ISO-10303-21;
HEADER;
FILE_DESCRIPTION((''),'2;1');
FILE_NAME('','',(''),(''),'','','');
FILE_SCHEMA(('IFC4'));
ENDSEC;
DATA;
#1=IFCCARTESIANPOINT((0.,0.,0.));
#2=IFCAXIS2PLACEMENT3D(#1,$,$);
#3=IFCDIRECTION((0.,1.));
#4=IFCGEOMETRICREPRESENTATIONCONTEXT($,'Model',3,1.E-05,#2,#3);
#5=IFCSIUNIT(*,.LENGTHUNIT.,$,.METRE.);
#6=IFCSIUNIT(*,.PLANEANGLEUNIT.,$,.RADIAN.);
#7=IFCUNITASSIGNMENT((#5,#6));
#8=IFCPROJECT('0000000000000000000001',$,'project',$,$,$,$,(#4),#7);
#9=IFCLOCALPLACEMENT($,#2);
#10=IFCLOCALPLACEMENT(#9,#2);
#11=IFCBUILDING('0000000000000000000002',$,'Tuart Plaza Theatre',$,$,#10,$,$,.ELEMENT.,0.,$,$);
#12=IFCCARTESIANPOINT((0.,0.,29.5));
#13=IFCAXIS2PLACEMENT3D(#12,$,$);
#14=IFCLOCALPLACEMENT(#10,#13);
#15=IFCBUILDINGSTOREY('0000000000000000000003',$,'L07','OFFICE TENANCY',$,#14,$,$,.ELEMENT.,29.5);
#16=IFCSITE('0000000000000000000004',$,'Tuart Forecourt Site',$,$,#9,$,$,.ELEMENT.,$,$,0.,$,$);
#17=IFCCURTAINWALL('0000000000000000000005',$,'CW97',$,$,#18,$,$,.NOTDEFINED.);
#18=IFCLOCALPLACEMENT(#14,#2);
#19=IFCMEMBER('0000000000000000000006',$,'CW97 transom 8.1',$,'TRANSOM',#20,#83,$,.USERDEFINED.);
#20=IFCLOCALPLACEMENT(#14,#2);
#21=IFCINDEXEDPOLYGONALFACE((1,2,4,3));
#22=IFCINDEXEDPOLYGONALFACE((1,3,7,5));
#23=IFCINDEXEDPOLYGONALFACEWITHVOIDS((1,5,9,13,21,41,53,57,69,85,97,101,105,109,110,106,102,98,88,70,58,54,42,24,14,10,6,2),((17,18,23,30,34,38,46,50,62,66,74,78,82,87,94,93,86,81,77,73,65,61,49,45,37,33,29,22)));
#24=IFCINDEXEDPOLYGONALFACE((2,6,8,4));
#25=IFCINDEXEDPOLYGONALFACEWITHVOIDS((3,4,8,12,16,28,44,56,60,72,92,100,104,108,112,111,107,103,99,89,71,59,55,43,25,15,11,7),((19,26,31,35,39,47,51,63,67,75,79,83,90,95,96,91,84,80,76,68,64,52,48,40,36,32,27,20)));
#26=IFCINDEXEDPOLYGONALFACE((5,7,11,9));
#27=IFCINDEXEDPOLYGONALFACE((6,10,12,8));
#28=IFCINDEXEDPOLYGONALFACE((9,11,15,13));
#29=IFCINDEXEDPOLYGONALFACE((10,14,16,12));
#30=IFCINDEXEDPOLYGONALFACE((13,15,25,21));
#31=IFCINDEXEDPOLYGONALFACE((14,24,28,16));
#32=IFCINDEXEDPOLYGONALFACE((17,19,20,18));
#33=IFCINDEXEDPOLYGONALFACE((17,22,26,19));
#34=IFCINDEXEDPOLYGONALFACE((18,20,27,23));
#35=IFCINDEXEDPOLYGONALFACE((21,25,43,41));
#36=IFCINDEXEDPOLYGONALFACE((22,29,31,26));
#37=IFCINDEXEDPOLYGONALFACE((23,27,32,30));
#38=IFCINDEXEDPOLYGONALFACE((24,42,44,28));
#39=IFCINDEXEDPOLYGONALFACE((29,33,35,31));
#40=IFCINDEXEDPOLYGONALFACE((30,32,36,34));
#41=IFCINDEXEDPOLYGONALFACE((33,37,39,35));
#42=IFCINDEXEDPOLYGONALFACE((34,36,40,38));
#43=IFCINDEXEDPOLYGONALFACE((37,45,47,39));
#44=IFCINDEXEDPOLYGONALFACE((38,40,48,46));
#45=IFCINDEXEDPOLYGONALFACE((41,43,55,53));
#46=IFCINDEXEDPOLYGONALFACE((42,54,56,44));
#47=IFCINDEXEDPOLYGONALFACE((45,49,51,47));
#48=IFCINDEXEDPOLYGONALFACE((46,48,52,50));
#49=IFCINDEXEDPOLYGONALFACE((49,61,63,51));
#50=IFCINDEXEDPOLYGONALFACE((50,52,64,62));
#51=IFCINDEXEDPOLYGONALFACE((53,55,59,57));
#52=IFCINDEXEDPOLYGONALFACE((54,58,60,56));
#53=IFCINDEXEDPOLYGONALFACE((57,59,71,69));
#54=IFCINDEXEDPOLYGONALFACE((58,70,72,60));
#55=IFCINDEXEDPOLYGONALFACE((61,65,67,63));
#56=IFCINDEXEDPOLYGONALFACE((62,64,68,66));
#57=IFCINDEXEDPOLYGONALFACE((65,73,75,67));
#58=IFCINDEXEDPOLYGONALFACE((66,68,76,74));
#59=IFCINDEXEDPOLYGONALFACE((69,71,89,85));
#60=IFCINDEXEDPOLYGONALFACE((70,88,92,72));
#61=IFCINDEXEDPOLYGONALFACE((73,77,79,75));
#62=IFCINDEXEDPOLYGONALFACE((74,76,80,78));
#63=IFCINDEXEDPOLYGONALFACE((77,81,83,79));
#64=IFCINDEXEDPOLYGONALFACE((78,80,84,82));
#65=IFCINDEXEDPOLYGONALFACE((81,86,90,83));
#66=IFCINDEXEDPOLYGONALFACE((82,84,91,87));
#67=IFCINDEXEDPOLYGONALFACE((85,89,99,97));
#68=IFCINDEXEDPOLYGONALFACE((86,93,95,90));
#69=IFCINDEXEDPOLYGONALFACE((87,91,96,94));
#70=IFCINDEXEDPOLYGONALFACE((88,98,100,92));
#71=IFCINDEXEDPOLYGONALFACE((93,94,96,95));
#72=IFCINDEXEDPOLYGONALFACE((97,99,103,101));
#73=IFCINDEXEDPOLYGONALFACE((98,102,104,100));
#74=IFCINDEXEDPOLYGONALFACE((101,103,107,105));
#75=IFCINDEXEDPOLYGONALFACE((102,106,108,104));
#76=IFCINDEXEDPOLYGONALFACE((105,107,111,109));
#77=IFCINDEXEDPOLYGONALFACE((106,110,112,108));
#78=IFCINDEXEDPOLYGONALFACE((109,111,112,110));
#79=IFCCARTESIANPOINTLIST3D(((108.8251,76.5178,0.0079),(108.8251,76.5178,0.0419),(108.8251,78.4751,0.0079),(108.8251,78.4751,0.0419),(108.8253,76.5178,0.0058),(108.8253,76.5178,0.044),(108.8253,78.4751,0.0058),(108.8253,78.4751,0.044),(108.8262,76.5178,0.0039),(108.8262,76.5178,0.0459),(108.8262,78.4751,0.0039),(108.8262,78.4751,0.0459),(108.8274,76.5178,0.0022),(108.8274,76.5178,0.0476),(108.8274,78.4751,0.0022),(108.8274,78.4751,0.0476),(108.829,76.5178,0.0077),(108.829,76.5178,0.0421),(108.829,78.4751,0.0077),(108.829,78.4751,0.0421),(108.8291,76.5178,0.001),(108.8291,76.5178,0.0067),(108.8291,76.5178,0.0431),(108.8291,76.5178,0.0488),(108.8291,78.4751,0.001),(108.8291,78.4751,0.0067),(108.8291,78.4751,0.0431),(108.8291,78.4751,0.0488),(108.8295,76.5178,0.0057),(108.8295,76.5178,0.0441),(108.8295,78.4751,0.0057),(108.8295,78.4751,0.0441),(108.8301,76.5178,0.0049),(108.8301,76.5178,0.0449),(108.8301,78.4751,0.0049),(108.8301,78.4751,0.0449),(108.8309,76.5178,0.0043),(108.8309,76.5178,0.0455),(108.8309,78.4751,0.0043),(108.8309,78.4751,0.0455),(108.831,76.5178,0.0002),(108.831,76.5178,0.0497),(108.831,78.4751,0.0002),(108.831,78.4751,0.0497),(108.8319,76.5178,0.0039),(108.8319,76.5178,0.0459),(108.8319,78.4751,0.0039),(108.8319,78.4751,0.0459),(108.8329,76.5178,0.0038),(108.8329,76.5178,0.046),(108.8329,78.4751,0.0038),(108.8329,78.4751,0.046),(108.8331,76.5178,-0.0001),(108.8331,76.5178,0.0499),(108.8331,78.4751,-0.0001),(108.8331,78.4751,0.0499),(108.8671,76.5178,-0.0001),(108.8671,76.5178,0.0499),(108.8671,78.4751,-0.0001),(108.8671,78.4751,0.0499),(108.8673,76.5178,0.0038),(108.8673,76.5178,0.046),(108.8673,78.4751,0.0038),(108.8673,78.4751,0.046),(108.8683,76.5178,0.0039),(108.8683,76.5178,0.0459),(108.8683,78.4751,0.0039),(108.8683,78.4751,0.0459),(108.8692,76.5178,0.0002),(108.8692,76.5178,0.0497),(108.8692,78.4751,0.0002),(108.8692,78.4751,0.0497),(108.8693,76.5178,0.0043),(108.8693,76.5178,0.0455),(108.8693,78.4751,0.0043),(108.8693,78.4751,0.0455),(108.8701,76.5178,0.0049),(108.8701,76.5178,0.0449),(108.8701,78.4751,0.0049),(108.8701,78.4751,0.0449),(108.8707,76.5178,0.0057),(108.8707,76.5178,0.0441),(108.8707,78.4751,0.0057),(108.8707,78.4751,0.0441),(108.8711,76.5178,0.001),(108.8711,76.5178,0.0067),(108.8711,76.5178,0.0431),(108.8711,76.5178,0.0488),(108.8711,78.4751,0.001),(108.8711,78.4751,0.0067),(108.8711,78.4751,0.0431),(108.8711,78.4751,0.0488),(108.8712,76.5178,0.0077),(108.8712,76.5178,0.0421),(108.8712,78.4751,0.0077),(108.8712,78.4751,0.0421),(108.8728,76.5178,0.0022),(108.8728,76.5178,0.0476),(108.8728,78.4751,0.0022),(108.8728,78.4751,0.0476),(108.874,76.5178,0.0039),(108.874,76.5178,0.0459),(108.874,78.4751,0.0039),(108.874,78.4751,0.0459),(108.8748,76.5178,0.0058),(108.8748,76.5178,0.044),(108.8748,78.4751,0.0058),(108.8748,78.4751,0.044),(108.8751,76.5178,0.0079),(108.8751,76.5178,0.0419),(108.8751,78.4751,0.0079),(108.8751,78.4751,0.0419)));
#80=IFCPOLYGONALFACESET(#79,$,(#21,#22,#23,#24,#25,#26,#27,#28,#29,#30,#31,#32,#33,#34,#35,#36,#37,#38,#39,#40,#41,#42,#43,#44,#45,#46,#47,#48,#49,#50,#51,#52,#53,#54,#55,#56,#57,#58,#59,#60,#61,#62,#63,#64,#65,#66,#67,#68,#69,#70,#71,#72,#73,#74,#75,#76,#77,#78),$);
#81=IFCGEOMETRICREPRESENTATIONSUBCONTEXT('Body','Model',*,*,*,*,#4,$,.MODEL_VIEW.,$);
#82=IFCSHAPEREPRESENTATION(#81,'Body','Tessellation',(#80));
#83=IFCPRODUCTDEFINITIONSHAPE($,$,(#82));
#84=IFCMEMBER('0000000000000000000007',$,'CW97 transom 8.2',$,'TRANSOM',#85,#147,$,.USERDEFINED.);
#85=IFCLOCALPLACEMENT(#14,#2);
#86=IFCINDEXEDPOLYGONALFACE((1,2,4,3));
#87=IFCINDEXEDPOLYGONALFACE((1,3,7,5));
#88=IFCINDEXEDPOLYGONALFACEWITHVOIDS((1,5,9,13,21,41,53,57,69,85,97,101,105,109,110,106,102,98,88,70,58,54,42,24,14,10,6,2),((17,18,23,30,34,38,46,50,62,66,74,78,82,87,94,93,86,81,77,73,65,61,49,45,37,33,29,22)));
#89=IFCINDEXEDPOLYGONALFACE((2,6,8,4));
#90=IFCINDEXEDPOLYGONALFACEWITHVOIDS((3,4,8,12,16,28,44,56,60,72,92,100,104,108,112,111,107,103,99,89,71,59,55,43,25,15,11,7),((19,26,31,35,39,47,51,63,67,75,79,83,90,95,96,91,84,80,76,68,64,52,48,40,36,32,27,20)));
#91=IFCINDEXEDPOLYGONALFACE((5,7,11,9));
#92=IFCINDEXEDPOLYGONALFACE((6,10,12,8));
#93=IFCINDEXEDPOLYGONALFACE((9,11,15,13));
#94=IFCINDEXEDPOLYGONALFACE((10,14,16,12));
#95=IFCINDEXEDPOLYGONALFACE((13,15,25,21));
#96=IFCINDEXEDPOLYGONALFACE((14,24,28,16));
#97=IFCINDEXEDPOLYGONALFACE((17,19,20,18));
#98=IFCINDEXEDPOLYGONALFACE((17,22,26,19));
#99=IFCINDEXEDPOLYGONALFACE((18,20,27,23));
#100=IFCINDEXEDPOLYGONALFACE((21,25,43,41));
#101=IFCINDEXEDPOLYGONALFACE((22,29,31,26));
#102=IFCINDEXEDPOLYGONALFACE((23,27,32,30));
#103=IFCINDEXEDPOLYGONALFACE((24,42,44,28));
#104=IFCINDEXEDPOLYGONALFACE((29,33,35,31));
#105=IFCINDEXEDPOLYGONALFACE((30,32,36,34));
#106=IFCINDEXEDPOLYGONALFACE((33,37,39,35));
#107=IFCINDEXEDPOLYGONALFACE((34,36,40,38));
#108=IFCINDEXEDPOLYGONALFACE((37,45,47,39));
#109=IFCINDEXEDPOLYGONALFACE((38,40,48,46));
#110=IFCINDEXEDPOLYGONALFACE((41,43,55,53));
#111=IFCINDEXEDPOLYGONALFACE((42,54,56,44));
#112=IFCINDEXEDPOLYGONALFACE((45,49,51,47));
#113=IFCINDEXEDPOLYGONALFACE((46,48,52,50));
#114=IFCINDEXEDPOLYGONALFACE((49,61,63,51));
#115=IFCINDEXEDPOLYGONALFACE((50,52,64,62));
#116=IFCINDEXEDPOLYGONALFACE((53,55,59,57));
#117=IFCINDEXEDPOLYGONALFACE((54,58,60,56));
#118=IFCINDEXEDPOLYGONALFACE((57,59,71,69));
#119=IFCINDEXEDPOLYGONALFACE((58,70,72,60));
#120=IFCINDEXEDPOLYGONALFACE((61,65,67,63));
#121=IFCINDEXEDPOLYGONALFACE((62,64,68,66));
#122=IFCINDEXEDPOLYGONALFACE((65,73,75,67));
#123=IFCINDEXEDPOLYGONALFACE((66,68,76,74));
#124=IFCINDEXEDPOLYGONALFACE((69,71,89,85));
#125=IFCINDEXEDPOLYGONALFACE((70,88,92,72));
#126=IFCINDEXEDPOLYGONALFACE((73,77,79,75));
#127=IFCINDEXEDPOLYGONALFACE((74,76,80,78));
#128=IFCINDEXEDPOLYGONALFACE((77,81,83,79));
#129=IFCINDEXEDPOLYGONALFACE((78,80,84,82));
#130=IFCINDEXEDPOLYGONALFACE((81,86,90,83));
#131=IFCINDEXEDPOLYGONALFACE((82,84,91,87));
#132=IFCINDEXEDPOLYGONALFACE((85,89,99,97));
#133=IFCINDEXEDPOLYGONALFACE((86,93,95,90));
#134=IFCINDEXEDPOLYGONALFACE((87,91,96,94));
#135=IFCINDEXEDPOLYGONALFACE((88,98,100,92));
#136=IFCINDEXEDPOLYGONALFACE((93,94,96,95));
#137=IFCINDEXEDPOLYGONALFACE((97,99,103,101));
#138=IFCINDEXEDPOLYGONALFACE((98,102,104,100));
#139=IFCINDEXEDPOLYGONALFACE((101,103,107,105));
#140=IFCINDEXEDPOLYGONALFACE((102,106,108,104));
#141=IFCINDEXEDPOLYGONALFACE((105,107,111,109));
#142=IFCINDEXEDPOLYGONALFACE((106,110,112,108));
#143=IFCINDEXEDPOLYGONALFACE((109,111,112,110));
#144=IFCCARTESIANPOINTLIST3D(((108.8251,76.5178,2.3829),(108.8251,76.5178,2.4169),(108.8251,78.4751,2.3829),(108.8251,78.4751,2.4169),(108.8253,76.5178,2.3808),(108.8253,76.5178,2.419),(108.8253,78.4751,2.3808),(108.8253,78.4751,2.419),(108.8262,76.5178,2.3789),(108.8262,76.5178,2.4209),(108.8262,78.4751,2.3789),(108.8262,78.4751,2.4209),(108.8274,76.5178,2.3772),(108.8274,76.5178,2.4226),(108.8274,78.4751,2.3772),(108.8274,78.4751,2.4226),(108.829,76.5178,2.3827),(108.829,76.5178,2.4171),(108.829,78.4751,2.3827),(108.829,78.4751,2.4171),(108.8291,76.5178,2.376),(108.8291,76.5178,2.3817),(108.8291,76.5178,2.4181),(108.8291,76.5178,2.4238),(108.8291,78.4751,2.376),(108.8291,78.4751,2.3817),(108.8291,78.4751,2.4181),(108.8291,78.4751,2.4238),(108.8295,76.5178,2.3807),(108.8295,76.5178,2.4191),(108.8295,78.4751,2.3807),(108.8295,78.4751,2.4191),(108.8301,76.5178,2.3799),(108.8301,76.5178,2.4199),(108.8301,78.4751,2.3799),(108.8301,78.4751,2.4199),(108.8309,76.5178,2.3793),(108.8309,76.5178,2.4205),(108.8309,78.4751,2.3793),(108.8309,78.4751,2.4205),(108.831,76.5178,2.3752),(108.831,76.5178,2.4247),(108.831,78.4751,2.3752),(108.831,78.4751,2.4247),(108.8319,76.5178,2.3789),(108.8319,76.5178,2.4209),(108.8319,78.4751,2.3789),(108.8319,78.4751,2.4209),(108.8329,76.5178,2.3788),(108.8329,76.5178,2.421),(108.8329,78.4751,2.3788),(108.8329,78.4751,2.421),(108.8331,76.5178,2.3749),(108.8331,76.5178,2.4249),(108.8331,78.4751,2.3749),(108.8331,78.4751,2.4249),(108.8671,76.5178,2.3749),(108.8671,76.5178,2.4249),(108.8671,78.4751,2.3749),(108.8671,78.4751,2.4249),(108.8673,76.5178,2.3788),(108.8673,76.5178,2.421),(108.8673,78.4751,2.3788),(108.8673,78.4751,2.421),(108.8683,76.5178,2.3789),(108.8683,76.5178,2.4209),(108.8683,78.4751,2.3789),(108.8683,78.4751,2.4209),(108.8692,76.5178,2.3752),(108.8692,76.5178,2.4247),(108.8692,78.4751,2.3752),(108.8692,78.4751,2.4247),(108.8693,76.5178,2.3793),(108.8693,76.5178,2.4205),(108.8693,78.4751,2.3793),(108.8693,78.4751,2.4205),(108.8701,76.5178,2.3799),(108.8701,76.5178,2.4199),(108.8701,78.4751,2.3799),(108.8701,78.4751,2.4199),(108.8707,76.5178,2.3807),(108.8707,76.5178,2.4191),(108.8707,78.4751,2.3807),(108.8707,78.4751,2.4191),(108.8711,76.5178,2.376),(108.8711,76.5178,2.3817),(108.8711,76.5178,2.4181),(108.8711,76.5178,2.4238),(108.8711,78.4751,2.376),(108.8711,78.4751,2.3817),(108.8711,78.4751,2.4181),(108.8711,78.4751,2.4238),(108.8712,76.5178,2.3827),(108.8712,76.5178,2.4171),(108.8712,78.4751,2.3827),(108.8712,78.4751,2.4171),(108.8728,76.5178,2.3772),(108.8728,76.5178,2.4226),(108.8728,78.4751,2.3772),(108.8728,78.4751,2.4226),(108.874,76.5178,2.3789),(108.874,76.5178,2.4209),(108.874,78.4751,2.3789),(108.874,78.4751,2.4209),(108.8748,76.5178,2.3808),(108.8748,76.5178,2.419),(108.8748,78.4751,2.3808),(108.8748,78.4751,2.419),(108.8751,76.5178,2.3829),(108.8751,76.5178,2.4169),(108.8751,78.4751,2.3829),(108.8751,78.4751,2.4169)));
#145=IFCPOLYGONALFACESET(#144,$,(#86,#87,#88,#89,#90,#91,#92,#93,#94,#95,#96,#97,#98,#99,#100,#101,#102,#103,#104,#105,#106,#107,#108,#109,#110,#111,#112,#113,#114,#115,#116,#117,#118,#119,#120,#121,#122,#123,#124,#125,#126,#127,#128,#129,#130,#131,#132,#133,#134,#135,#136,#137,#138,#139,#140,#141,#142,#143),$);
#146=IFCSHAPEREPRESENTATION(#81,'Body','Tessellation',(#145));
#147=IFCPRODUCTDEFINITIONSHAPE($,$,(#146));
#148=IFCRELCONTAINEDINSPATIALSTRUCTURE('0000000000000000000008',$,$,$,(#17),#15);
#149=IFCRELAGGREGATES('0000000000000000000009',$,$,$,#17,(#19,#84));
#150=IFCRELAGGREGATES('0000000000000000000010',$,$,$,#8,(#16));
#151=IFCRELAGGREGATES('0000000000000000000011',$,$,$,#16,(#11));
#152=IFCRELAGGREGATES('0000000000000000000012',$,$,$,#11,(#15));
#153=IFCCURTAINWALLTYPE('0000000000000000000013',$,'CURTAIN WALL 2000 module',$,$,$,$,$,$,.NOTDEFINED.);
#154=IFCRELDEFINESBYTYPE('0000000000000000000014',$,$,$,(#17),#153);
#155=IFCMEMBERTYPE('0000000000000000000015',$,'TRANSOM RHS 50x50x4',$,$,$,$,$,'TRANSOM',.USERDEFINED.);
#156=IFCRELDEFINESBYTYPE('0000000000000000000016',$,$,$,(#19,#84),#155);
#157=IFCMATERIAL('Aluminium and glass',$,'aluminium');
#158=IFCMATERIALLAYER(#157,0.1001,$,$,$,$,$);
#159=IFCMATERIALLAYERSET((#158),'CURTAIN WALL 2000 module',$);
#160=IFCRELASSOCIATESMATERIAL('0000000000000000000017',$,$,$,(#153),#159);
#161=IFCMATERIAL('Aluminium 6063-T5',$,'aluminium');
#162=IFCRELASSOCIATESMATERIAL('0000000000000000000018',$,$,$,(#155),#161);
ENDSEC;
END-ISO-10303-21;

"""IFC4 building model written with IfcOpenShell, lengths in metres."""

from ifc_helpers import new_model, si_unit, direction, frame, origin, origin_2d, place, context, subcontext, project, spatial, hollow_rectangle, extrude, material, layer, layer_set, material_profile, profile_set, type_object, element, aggregate, save


model = new_model("IFC4")

# Units and contexts
model_context = context("Model", 3, precision=1e-05, world=origin(), true_north=direction((0.0, 1.0)))
body_context = subcontext(model_context, "Body", "Model", "MODEL_VIEW")
ifc_project = project(units=[si_unit("LENGTHUNIT", "METRE"), si_unit("PLANEANGLEUNIT", "RADIAN")], contexts=[model_context])

# Site, building, storey
site_placement = place(None, origin())
site = spatial("IfcSite", under=ifc_project, at=site_placement, Name="Tuart Forecourt Site", CompositionType="ELEMENT", RefElevation=0.0)
building_placement = place(site_placement, origin())
building = spatial("IfcBuilding", under=site, at=building_placement, Name="Tuart Plaza Theatre", CompositionType="ELEMENT", ElevationOfRefHeight=0.0)
storey_placement = place(building_placement, frame((0.0, 0.0, 29.5)))
storey = spatial("IfcBuildingStorey", under=building, at=storey_placement, Name="L07", Description="OFFICE TENANCY", CompositionType="ELEMENT", Elevation=29.5)

# Curtain wall, members
ifc_material_1 = material(Name="Aluminium and glass", Category="aluminium")
ifc_layer_1 = layer(ifc_material_1, 0.1001)
ifc_layer_set_1 = layer_set([ifc_layer_1], Name="CURTAIN WALL 2000 module")
curtain_wall_type = type_object("IfcCurtainWallType", Name="CURTAIN WALL 2000 module", PredefinedType="NOTDEFINED", material=ifc_layer_set_1)
curtain_wall_placement = place(storey_placement, origin())
curtain_wall = element("IfcCurtainWall", 1, at=curtain_wall_placement, inside=storey, type_object=curtain_wall_type, Name="CW97", PredefinedType="NOTDEFINED")
ifc_material_2 = material(Name="Aluminium 6063-T5", Category="aluminium")
ifc_material_profile_1 = material_profile(ifc_material_2, hollow_rectangle(XDim=0.05, YDim=0.05, WallThickness=0.0039, InnerFilletRadius=0.0039, OuterFilletRadius=0.0081, at=origin_2d()), Name="RHS 50x50x4")
ifc_profile_set_1 = profile_set([ifc_material_profile_1], Name="Aluminium 6063-T5")
member_type = type_object("IfcMemberType", Name="TRANSOM RHS 50x50x4", ElementType="TRANSOM", PredefinedType="USERDEFINED", material=ifc_profile_set_1)
member_1_placement = place(storey_placement, frame((108.8501, 78.4751, 0.0249), z_axis=(0.0, -1.0, 0.0), x_axis=(1.0, 0.0, 0.0)))
member_1 = element("IfcMember", 2, at=member_1_placement, type_object=member_type, Name="CW97 transom 8.1", ObjectType="TRANSOM", PredefinedType="USERDEFINED", context=body_context, shape_type="SweptSolid", body=[
    extrude(hollow_rectangle(XDim=0.05, YDim=0.05, WallThickness=0.0039, InnerFilletRadius=0.0039, OuterFilletRadius=0.0081, at=origin_2d()), origin(), (0.0, 0.0, 1.0), 1.9573),
])
member_2_placement = place(storey_placement, frame((108.8501, 78.4751, 2.3999), z_axis=(0.0, -1.0, 0.0), x_axis=(1.0, 0.0, 0.0)))
member_2 = element("IfcMember", 3, at=member_2_placement, type_object=member_type, Name="CW97 transom 8.2", ObjectType="TRANSOM", PredefinedType="USERDEFINED", context=body_context, shape_type="SweptSolid", body=[
    extrude(hollow_rectangle(XDim=0.05, YDim=0.05, WallThickness=0.0039, InnerFilletRadius=0.0039, OuterFilletRadius=0.0081, at=origin_2d()), origin(), (0.0, 0.0, 1.0), 1.9573),
])
aggregate(curtain_wall, [member_1, member_2])

save(model, "model.ifc")
